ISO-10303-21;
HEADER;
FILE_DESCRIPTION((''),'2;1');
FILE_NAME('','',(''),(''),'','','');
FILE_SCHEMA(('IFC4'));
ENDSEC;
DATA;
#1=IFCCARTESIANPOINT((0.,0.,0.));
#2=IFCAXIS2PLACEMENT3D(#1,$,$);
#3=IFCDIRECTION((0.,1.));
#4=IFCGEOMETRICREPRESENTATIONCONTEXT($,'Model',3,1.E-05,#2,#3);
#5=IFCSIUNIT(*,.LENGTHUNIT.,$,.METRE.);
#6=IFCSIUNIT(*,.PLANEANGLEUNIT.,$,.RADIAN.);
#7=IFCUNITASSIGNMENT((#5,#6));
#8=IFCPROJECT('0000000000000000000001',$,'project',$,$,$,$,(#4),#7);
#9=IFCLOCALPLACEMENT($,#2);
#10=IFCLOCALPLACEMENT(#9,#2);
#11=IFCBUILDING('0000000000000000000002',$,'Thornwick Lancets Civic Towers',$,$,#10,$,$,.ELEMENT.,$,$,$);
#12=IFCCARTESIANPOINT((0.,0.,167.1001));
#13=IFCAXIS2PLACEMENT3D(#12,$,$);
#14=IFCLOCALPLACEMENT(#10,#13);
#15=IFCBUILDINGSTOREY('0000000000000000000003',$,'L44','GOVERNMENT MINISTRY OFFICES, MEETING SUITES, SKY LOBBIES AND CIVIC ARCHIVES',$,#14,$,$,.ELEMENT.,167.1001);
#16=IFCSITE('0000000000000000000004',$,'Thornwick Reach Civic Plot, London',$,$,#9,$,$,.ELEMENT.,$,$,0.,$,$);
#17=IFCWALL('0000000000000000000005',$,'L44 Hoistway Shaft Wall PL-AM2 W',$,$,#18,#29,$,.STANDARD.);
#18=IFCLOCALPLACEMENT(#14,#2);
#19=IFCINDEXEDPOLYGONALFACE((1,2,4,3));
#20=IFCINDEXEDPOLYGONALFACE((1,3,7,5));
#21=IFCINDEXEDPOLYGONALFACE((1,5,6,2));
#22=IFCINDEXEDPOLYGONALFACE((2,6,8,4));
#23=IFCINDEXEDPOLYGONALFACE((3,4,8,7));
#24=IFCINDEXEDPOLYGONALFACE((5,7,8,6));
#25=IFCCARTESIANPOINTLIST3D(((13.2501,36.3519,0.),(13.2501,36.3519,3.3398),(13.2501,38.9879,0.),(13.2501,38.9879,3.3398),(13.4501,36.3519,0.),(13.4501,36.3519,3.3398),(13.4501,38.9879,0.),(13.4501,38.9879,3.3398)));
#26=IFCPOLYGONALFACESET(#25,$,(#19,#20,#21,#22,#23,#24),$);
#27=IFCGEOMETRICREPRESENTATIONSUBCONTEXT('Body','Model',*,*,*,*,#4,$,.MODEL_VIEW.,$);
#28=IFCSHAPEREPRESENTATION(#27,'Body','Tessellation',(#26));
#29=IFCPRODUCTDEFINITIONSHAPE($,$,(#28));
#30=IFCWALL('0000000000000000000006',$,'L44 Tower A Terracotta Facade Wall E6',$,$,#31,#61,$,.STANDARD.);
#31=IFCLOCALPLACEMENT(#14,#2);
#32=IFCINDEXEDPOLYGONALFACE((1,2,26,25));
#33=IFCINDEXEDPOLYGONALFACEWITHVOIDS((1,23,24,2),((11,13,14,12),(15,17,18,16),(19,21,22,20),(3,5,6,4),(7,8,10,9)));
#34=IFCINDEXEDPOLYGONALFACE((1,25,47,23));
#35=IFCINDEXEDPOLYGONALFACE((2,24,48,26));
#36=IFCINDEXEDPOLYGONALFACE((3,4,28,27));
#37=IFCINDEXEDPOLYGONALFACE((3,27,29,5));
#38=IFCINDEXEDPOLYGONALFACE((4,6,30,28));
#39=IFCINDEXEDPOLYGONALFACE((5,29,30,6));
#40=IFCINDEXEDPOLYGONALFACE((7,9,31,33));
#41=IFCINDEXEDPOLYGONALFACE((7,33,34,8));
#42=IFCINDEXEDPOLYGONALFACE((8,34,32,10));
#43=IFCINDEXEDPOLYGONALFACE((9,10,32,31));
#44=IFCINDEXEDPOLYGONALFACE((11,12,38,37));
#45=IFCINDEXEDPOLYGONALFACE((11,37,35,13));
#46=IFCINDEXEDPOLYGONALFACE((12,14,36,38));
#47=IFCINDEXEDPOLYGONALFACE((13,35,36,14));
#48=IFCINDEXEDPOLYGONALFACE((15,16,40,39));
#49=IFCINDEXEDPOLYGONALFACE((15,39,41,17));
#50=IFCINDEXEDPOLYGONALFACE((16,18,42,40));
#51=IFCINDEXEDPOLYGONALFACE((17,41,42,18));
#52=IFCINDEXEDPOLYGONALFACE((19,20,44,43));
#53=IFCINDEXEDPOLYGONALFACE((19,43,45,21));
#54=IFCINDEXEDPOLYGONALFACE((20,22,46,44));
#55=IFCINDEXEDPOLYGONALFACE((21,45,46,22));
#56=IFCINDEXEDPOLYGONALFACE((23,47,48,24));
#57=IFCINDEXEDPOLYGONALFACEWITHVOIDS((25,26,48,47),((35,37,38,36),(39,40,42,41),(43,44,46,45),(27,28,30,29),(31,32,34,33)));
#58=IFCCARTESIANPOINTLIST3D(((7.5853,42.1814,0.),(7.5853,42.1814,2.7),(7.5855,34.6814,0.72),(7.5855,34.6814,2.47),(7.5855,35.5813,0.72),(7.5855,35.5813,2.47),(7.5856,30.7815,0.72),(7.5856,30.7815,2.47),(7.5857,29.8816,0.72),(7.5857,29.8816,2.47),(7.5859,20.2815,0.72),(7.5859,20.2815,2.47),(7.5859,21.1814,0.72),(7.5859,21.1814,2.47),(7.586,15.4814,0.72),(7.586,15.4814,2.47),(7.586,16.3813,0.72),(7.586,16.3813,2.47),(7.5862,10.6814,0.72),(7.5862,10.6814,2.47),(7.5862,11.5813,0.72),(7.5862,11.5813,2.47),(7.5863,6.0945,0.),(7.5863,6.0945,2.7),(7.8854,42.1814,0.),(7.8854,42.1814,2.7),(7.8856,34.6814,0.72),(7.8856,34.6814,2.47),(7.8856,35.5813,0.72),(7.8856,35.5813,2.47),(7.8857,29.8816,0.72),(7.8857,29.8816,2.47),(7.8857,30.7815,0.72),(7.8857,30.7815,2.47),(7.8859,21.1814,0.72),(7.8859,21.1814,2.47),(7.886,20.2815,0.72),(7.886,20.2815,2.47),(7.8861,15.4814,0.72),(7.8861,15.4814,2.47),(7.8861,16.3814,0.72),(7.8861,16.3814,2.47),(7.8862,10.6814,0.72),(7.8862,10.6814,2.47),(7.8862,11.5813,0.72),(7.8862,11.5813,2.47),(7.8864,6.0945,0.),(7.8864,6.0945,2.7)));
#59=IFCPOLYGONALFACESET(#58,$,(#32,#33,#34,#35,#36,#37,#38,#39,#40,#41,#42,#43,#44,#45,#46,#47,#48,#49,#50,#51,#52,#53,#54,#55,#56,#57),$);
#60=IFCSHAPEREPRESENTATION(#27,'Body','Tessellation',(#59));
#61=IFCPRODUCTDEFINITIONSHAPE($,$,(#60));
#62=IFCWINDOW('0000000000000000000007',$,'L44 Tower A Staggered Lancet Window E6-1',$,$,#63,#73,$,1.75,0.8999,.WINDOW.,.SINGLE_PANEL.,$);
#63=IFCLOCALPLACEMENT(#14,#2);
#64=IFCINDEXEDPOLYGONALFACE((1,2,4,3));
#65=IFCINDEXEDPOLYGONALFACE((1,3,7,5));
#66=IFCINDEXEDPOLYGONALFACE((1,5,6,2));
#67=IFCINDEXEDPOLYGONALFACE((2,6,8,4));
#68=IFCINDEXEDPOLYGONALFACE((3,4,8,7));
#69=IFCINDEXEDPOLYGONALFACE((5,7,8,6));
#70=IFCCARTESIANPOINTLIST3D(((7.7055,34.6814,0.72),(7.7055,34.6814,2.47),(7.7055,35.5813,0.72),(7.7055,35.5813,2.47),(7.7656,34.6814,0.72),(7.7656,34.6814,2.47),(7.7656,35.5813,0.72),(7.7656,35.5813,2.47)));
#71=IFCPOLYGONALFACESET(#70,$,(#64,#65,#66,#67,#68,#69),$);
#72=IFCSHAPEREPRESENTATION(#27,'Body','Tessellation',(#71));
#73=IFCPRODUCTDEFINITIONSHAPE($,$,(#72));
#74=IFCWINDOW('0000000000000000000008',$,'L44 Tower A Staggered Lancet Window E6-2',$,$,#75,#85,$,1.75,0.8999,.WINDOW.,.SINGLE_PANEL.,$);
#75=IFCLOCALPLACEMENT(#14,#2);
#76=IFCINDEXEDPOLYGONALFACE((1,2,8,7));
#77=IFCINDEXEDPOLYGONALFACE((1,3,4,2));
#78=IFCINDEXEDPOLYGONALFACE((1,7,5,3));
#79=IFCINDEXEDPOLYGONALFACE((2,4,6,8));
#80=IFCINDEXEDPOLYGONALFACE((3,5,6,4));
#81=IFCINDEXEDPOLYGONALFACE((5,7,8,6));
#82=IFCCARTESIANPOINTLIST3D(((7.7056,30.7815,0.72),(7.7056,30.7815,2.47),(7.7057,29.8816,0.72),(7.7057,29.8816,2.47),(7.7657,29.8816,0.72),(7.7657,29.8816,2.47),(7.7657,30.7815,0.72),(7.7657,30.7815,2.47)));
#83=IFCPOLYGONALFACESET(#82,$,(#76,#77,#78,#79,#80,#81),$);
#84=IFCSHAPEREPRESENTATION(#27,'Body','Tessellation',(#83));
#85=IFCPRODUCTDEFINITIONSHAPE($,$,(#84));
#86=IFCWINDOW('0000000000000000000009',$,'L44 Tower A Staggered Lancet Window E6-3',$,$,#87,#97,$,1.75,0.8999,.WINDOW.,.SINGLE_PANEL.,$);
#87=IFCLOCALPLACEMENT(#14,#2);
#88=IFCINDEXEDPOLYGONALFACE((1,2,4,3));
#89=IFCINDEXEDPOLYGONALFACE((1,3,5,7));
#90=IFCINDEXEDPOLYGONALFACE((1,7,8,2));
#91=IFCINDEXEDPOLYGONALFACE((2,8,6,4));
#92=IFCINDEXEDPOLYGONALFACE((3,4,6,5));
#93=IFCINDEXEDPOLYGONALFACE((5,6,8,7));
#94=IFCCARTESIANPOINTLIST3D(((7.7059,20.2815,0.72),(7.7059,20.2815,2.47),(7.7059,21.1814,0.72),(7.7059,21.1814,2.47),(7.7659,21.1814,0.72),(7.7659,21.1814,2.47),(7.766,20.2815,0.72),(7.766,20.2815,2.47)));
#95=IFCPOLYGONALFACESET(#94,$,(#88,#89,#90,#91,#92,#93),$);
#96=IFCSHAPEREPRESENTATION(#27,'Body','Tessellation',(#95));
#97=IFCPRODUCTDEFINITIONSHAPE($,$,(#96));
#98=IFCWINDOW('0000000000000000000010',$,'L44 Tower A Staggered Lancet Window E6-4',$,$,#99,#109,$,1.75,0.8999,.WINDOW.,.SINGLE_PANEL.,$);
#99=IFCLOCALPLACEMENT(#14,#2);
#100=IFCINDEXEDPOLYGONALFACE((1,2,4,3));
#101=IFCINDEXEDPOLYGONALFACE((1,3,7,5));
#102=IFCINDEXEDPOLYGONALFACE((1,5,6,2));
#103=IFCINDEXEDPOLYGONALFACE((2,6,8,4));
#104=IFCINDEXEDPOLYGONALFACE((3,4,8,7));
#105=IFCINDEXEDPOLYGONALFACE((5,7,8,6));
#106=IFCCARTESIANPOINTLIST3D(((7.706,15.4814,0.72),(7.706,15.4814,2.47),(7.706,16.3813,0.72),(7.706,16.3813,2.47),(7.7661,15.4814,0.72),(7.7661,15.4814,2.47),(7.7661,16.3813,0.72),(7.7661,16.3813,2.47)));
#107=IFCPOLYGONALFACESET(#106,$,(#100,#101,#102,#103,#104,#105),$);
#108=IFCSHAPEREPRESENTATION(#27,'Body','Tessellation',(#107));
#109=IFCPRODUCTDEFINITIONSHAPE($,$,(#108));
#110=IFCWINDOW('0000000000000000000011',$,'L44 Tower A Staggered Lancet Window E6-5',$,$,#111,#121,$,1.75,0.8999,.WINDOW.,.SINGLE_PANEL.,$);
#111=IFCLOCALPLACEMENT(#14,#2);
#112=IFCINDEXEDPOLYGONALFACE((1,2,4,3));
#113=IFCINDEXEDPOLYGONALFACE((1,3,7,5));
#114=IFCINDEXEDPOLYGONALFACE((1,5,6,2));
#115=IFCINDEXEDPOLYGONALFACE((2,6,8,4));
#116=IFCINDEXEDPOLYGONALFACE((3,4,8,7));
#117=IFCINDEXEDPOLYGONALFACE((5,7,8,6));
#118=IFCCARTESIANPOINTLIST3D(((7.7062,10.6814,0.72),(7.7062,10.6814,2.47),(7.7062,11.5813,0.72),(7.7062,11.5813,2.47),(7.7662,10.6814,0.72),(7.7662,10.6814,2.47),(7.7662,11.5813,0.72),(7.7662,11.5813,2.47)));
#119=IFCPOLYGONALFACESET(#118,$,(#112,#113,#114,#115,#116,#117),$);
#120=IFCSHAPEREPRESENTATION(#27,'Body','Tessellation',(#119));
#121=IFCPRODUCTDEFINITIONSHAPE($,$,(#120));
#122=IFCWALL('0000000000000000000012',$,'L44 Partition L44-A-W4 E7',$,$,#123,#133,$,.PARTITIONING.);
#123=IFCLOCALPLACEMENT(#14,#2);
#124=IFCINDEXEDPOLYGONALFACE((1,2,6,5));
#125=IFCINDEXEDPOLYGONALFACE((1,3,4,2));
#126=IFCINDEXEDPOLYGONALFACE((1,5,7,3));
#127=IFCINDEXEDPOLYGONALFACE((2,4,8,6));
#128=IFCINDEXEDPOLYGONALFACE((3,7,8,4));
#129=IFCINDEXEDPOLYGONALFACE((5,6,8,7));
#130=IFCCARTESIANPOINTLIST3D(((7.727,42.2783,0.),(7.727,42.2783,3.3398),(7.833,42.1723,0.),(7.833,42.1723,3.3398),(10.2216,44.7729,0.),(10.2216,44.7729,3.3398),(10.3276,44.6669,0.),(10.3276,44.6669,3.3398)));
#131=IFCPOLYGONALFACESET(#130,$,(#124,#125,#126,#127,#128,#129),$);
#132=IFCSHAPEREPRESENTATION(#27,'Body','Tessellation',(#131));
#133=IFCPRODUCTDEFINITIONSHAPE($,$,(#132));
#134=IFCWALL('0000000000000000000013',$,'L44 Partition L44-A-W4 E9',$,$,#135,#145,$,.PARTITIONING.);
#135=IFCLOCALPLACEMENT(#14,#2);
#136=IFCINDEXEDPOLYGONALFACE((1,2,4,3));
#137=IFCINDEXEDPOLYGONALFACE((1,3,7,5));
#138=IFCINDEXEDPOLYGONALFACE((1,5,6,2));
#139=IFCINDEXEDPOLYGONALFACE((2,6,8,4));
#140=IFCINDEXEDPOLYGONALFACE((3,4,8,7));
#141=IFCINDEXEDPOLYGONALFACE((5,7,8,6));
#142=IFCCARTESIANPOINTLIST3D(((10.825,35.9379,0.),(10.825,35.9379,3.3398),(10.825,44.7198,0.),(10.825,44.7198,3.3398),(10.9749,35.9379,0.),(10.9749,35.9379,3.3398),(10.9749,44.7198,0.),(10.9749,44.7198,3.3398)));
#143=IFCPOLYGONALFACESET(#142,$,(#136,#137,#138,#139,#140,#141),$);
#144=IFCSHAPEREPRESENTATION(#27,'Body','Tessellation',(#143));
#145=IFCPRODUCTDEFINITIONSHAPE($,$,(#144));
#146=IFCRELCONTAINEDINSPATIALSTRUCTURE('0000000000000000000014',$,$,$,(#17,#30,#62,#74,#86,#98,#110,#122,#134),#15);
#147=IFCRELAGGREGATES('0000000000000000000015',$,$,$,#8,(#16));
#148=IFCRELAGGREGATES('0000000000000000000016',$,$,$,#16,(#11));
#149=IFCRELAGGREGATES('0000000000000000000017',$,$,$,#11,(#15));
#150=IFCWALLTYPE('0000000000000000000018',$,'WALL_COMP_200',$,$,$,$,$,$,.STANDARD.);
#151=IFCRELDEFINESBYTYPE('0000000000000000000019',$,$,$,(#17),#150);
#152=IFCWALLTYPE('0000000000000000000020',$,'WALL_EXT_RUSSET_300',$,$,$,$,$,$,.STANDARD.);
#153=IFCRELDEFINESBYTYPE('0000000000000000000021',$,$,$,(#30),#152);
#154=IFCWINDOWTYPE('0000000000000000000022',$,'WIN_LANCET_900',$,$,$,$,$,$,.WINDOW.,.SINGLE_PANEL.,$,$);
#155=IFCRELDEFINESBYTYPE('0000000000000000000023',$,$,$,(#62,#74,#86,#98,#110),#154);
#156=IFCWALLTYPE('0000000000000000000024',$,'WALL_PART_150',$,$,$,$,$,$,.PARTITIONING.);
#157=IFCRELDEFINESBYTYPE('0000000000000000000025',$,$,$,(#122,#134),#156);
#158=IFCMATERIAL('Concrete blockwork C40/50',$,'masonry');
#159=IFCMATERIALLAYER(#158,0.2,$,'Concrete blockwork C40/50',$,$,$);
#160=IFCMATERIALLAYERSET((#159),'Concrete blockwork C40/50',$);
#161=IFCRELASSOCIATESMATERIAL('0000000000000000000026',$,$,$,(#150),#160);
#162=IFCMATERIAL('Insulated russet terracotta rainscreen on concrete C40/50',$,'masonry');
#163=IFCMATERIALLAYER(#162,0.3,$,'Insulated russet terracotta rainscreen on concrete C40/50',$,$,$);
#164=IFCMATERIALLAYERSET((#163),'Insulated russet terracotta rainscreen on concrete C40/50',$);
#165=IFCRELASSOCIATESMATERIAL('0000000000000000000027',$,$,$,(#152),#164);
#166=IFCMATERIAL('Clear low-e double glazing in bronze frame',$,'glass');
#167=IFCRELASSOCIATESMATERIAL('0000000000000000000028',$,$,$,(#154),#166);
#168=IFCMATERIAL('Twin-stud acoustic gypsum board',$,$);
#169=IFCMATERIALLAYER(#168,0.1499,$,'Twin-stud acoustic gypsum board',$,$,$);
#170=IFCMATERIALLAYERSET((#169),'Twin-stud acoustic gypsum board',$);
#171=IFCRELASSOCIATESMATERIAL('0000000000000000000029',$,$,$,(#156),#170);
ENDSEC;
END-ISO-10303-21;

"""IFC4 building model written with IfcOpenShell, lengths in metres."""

from ifc_helpers import new_model, si_unit, direction, frame, frame_2d, origin, place, context, subcontext, project, spatial, rectangle, extrude, material, layer, layer_set, type_object, element, fill, save


model = new_model("IFC4")

# Units and contexts
model_context = context("Model", 3, precision=1e-05, world=origin(), true_north=direction((0.0, 1.0)))
body_context = subcontext(model_context, "Body", "Model", "MODEL_VIEW")
ifc_project = project(units=[si_unit("LENGTHUNIT", "METRE"), si_unit("PLANEANGLEUNIT", "RADIAN")], contexts=[model_context])

# Site, building, storey
site_placement = place(None, origin())
site = spatial("IfcSite", under=ifc_project, at=site_placement, Name="Thornwick Reach Civic Plot, London", CompositionType="ELEMENT", RefElevation=0.0)
building_placement = place(site_placement, origin())
building = spatial("IfcBuilding", under=site, at=building_placement, Name="Thornwick Lancets Civic Towers", CompositionType="ELEMENT")
storey_placement = place(building_placement, frame((0.0, 0.0, 167.1001)))
storey = spatial("IfcBuildingStorey", under=building, at=storey_placement, Name="L44", Description="GOVERNMENT MINISTRY OFFICES, MEETING SUITES, SKY LOBBIES AND CIVIC ARCHIVES", CompositionType="ELEMENT", Elevation=167.1001)

# Wall
ifc_material_1 = material(Name="Concrete blockwork C40/50", Category="masonry")
ifc_layer_1 = layer(ifc_material_1, 0.2, Name="Concrete blockwork C40/50")
ifc_layer_set_1 = layer_set([ifc_layer_1], Name="Concrete blockwork C40/50")
wall_type_1 = type_object("IfcWallType", Name="WALL_COMP_200", PredefinedType="STANDARD", material=ifc_layer_set_1)
wall_1_placement = place(storey_placement, frame((13.3501, 36.3521, 0.0), z_axis=(0.0, 0.0, 1.0), x_axis=(0.0, 1.0, 0.0)))
element("IfcWall", 1, at=wall_1_placement, inside=storey, type_object=wall_type_1, Name="L44 Hoistway Shaft Wall PL-AM2 W", PredefinedType="STANDARD", context=body_context, shape_type="SweptSolid", body=[
    extrude(rectangle(XDim=2.636, YDim=0.2, at=frame_2d((1.3179, 0.0))), origin(), (0.0, 0.0, 1.0), 3.3398),
])

# Wall, openings, windows
ifc_material_2 = material(Name="Insulated russet terracotta rainscreen on concrete C40/50", Category="masonry")
ifc_layer_2 = layer(ifc_material_2, 0.3, Name="Insulated russet terracotta rainscreen on concrete C40/50")
ifc_layer_set_2 = layer_set([ifc_layer_2], Name="Insulated russet terracotta rainscreen on concrete C40/50")
wall_type_2 = type_object("IfcWallType", Name="WALL_EXT_RUSSET_300", PredefinedType="STANDARD", material=ifc_layer_set_2)
wall_2_placement = place(storey_placement, frame((7.7354, 42.1814, 0.0), z_axis=(0.0, 0.0, 1.0), x_axis=(0.000027, -1.0, 0.0)))
wall_2 = element("IfcWall", 2, at=wall_2_placement, inside=storey, type_object=wall_type_2, Name="L44 Tower A Terracotta Facade Wall E6", PredefinedType="STANDARD", context=body_context, shape_type="SweptSolid", body=[
    extrude(rectangle(XDim=36.0869, YDim=0.3, at=frame_2d((18.0435, 0.0))), origin(), (0.0, 0.0, 1.0), 2.7),
])
opening_1_placement = place(wall_2_placement, frame((6.6001, 0.0, 0.72)))
opening_1 = element("IfcOpeningElement", 3, at=opening_1_placement, cuts=wall_2, PredefinedType="OPENING", context=body_context, shape_type="SweptSolid", body=[
    extrude(rectangle(XDim=0.8999, YDim=1.75, at=frame_2d((0.45, 0.875))), frame((0.0, 0.1602, 0.0), z_axis=(0.0, -1.0, 0.0), x_axis=(1.0, 0.0, 0.0)), (0.0, 0.0, 1.0), 0.3201),
])
opening_2_placement = place(wall_2_placement, frame((11.3999, 0.0, 0.72)))
opening_2 = element("IfcOpeningElement", 4, at=opening_2_placement, cuts=wall_2, PredefinedType="OPENING", context=body_context, shape_type="SweptSolid", body=[
    extrude(rectangle(XDim=0.8999, YDim=1.75, at=frame_2d((0.45, 0.875))), frame((0.0, 0.1602, 0.0), z_axis=(0.0, -1.0, 0.0), x_axis=(1.0, 0.0, 0.0)), (0.0, 0.0, 1.0), 0.3201),
])
opening_3_placement = place(wall_2_placement, frame((21.0, 0.0, 0.72)))
opening_3 = element("IfcOpeningElement", 5, at=opening_3_placement, cuts=wall_2, PredefinedType="OPENING", context=body_context, shape_type="SweptSolid", body=[
    extrude(rectangle(XDim=0.8999, YDim=1.75, at=frame_2d((0.45, 0.875))), frame((0.0, 0.1602, 0.0), z_axis=(0.0, -1.0, 0.0), x_axis=(1.0, 0.0, 0.0)), (0.0, 0.0, 1.0), 0.3201),
])
opening_4_placement = place(wall_2_placement, frame((25.8, 0.0, 0.72)))
opening_4 = element("IfcOpeningElement", 6, at=opening_4_placement, cuts=wall_2, PredefinedType="OPENING", context=body_context, shape_type="SweptSolid", body=[
    extrude(rectangle(XDim=0.8999, YDim=1.75, at=frame_2d((0.45, 0.875))), frame((0.0, 0.1602, 0.0), z_axis=(0.0, -1.0, 0.0), x_axis=(1.0, 0.0, 0.0)), (0.0, 0.0, 1.0), 0.3201),
])
opening_5_placement = place(wall_2_placement, frame((30.6001, 0.0, 0.72)))
opening_5 = element("IfcOpeningElement", 7, at=opening_5_placement, cuts=wall_2, PredefinedType="OPENING", context=body_context, shape_type="SweptSolid", body=[
    extrude(rectangle(XDim=0.8999, YDim=1.75, at=frame_2d((0.45, 0.875))), frame((0.0, 0.1602, 0.0), z_axis=(0.0, -1.0, 0.0), x_axis=(1.0, 0.0, 0.0)), (0.0, 0.0, 1.0), 0.3201),
])
ifc_material_3 = material(Name="Clear low-e double glazing in bronze frame", Category="glass")
window_type = type_object("IfcWindowType", Name="WIN_LANCET_900", PartitioningType="SINGLE_PANEL", PredefinedType="WINDOW", material=ifc_material_3)
window_1_placement = place(opening_1_placement, origin())
window_1 = element("IfcWindow", 8, at=window_1_placement, inside=storey, type_object=window_type, Name="L44 Tower A Staggered Lancet Window E6-1", OverallHeight=1.75, OverallWidth=0.8999, PartitioningType="SINGLE_PANEL", PredefinedType="WINDOW", context=body_context, shape_type="SweptSolid", body=[
    extrude(rectangle(XDim=0.8999, YDim=1.75, at=frame_2d((0.45, 0.875))), frame((0.0, 0.03, 0.0), z_axis=(0.0, -1.0, 0.0), x_axis=(1.0, 0.0, 0.0)), (0.0, 0.0, 1.0), 0.0601),
])
fill(opening_1, window_1)
window_2_placement = place(opening_2_placement, origin())
window_2 = element("IfcWindow", 9, at=window_2_placement, inside=storey, type_object=window_type, Name="L44 Tower A Staggered Lancet Window E6-2", OverallHeight=1.75, OverallWidth=0.8999, PartitioningType="SINGLE_PANEL", PredefinedType="WINDOW", context=body_context, shape_type="SweptSolid", body=[
    extrude(rectangle(XDim=0.8999, YDim=1.75, at=frame_2d((0.45, 0.875))), frame((0.0, 0.03, 0.0), z_axis=(0.0, -1.0, 0.0), x_axis=(1.0, 0.0, 0.0)), (0.0, 0.0, 1.0), 0.0601),
])
fill(opening_2, window_2)
window_3_placement = place(opening_3_placement, origin())
window_3 = element("IfcWindow", 10, at=window_3_placement, inside=storey, type_object=window_type, Name="L44 Tower A Staggered Lancet Window E6-3", OverallHeight=1.75, OverallWidth=0.8999, PartitioningType="SINGLE_PANEL", PredefinedType="WINDOW", context=body_context, shape_type="SweptSolid", body=[
    extrude(rectangle(XDim=0.8999, YDim=1.75, at=frame_2d((0.45, 0.875))), frame((0.0, 0.03, 0.0), z_axis=(0.0, -1.0, 0.0), x_axis=(1.0, 0.0, 0.0)), (0.0, 0.0, 1.0), 0.0601),
])
fill(opening_3, window_3)
window_4_placement = place(opening_4_placement, origin())
window_4 = element("IfcWindow", 11, at=window_4_placement, inside=storey, type_object=window_type, Name="L44 Tower A Staggered Lancet Window E6-4", OverallHeight=1.75, OverallWidth=0.8999, PartitioningType="SINGLE_PANEL", PredefinedType="WINDOW", context=body_context, shape_type="SweptSolid", body=[
    extrude(rectangle(XDim=0.8999, YDim=1.75, at=frame_2d((0.45, 0.875))), frame((0.0, 0.03, 0.0), z_axis=(0.0, -1.0, 0.0), x_axis=(1.0, 0.0, 0.0)), (0.0, 0.0, 1.0), 0.0601),
])
fill(opening_4, window_4)
window_5_placement = place(opening_5_placement, origin())
window_5 = element("IfcWindow", 12, at=window_5_placement, inside=storey, type_object=window_type, Name="L44 Tower A Staggered Lancet Window E6-5", OverallHeight=1.75, OverallWidth=0.8999, PartitioningType="SINGLE_PANEL", PredefinedType="WINDOW", context=body_context, shape_type="SweptSolid", body=[
    extrude(rectangle(XDim=0.8999, YDim=1.75, at=frame_2d((0.45, 0.875))), frame((0.0, 0.03, 0.0), z_axis=(0.0, -1.0, 0.0), x_axis=(1.0, 0.0, 0.0)), (0.0, 0.0, 1.0), 0.0601),
])
fill(opening_5, window_5)

# Walls
ifc_material_4 = material(Name="Twin-stud acoustic gypsum board")
ifc_layer_3 = layer(ifc_material_4, 0.1499, Name="Twin-stud acoustic gypsum board")
ifc_layer_set_3 = layer_set([ifc_layer_3], Name="Twin-stud acoustic gypsum board")
wall_type_3 = type_object("IfcWallType", Name="WALL_PART_150", PredefinedType="PARTITIONING", material=ifc_layer_set_3)
wall_3_placement = place(storey_placement, frame((7.78, 42.2253, 0.0), z_axis=(0.0, 0.0, 1.0), x_axis=(0.707107, 0.707107, 0.0)))
element("IfcWall", 13, at=wall_3_placement, inside=storey, type_object=wall_type_3, Name="L44 Partition L44-A-W4 E7", PredefinedType="PARTITIONING", context=body_context, shape_type="SweptSolid", body=[
    extrude(rectangle(XDim=3.5278, YDim=0.1499, at=frame_2d((1.7639, 0.0))), origin(), (0.0, 0.0, 1.0), 3.3398),
])
wall_4_placement = place(storey_placement, frame((10.8999, 44.72, 0.0), z_axis=(0.0, 0.0, 1.0), x_axis=(0.0, -1.0, 0.0)))
element("IfcWall", 14, at=wall_4_placement, inside=storey, type_object=wall_type_3, Name="L44 Partition L44-A-W4 E9", PredefinedType="PARTITIONING", context=body_context, shape_type="SweptSolid", body=[
    extrude(rectangle(XDim=8.782, YDim=0.1499, at=frame_2d((4.3911, 0.0))), origin(), (0.0, 0.0, 1.0), 3.3398),
])

save(model, "model.ifc")
